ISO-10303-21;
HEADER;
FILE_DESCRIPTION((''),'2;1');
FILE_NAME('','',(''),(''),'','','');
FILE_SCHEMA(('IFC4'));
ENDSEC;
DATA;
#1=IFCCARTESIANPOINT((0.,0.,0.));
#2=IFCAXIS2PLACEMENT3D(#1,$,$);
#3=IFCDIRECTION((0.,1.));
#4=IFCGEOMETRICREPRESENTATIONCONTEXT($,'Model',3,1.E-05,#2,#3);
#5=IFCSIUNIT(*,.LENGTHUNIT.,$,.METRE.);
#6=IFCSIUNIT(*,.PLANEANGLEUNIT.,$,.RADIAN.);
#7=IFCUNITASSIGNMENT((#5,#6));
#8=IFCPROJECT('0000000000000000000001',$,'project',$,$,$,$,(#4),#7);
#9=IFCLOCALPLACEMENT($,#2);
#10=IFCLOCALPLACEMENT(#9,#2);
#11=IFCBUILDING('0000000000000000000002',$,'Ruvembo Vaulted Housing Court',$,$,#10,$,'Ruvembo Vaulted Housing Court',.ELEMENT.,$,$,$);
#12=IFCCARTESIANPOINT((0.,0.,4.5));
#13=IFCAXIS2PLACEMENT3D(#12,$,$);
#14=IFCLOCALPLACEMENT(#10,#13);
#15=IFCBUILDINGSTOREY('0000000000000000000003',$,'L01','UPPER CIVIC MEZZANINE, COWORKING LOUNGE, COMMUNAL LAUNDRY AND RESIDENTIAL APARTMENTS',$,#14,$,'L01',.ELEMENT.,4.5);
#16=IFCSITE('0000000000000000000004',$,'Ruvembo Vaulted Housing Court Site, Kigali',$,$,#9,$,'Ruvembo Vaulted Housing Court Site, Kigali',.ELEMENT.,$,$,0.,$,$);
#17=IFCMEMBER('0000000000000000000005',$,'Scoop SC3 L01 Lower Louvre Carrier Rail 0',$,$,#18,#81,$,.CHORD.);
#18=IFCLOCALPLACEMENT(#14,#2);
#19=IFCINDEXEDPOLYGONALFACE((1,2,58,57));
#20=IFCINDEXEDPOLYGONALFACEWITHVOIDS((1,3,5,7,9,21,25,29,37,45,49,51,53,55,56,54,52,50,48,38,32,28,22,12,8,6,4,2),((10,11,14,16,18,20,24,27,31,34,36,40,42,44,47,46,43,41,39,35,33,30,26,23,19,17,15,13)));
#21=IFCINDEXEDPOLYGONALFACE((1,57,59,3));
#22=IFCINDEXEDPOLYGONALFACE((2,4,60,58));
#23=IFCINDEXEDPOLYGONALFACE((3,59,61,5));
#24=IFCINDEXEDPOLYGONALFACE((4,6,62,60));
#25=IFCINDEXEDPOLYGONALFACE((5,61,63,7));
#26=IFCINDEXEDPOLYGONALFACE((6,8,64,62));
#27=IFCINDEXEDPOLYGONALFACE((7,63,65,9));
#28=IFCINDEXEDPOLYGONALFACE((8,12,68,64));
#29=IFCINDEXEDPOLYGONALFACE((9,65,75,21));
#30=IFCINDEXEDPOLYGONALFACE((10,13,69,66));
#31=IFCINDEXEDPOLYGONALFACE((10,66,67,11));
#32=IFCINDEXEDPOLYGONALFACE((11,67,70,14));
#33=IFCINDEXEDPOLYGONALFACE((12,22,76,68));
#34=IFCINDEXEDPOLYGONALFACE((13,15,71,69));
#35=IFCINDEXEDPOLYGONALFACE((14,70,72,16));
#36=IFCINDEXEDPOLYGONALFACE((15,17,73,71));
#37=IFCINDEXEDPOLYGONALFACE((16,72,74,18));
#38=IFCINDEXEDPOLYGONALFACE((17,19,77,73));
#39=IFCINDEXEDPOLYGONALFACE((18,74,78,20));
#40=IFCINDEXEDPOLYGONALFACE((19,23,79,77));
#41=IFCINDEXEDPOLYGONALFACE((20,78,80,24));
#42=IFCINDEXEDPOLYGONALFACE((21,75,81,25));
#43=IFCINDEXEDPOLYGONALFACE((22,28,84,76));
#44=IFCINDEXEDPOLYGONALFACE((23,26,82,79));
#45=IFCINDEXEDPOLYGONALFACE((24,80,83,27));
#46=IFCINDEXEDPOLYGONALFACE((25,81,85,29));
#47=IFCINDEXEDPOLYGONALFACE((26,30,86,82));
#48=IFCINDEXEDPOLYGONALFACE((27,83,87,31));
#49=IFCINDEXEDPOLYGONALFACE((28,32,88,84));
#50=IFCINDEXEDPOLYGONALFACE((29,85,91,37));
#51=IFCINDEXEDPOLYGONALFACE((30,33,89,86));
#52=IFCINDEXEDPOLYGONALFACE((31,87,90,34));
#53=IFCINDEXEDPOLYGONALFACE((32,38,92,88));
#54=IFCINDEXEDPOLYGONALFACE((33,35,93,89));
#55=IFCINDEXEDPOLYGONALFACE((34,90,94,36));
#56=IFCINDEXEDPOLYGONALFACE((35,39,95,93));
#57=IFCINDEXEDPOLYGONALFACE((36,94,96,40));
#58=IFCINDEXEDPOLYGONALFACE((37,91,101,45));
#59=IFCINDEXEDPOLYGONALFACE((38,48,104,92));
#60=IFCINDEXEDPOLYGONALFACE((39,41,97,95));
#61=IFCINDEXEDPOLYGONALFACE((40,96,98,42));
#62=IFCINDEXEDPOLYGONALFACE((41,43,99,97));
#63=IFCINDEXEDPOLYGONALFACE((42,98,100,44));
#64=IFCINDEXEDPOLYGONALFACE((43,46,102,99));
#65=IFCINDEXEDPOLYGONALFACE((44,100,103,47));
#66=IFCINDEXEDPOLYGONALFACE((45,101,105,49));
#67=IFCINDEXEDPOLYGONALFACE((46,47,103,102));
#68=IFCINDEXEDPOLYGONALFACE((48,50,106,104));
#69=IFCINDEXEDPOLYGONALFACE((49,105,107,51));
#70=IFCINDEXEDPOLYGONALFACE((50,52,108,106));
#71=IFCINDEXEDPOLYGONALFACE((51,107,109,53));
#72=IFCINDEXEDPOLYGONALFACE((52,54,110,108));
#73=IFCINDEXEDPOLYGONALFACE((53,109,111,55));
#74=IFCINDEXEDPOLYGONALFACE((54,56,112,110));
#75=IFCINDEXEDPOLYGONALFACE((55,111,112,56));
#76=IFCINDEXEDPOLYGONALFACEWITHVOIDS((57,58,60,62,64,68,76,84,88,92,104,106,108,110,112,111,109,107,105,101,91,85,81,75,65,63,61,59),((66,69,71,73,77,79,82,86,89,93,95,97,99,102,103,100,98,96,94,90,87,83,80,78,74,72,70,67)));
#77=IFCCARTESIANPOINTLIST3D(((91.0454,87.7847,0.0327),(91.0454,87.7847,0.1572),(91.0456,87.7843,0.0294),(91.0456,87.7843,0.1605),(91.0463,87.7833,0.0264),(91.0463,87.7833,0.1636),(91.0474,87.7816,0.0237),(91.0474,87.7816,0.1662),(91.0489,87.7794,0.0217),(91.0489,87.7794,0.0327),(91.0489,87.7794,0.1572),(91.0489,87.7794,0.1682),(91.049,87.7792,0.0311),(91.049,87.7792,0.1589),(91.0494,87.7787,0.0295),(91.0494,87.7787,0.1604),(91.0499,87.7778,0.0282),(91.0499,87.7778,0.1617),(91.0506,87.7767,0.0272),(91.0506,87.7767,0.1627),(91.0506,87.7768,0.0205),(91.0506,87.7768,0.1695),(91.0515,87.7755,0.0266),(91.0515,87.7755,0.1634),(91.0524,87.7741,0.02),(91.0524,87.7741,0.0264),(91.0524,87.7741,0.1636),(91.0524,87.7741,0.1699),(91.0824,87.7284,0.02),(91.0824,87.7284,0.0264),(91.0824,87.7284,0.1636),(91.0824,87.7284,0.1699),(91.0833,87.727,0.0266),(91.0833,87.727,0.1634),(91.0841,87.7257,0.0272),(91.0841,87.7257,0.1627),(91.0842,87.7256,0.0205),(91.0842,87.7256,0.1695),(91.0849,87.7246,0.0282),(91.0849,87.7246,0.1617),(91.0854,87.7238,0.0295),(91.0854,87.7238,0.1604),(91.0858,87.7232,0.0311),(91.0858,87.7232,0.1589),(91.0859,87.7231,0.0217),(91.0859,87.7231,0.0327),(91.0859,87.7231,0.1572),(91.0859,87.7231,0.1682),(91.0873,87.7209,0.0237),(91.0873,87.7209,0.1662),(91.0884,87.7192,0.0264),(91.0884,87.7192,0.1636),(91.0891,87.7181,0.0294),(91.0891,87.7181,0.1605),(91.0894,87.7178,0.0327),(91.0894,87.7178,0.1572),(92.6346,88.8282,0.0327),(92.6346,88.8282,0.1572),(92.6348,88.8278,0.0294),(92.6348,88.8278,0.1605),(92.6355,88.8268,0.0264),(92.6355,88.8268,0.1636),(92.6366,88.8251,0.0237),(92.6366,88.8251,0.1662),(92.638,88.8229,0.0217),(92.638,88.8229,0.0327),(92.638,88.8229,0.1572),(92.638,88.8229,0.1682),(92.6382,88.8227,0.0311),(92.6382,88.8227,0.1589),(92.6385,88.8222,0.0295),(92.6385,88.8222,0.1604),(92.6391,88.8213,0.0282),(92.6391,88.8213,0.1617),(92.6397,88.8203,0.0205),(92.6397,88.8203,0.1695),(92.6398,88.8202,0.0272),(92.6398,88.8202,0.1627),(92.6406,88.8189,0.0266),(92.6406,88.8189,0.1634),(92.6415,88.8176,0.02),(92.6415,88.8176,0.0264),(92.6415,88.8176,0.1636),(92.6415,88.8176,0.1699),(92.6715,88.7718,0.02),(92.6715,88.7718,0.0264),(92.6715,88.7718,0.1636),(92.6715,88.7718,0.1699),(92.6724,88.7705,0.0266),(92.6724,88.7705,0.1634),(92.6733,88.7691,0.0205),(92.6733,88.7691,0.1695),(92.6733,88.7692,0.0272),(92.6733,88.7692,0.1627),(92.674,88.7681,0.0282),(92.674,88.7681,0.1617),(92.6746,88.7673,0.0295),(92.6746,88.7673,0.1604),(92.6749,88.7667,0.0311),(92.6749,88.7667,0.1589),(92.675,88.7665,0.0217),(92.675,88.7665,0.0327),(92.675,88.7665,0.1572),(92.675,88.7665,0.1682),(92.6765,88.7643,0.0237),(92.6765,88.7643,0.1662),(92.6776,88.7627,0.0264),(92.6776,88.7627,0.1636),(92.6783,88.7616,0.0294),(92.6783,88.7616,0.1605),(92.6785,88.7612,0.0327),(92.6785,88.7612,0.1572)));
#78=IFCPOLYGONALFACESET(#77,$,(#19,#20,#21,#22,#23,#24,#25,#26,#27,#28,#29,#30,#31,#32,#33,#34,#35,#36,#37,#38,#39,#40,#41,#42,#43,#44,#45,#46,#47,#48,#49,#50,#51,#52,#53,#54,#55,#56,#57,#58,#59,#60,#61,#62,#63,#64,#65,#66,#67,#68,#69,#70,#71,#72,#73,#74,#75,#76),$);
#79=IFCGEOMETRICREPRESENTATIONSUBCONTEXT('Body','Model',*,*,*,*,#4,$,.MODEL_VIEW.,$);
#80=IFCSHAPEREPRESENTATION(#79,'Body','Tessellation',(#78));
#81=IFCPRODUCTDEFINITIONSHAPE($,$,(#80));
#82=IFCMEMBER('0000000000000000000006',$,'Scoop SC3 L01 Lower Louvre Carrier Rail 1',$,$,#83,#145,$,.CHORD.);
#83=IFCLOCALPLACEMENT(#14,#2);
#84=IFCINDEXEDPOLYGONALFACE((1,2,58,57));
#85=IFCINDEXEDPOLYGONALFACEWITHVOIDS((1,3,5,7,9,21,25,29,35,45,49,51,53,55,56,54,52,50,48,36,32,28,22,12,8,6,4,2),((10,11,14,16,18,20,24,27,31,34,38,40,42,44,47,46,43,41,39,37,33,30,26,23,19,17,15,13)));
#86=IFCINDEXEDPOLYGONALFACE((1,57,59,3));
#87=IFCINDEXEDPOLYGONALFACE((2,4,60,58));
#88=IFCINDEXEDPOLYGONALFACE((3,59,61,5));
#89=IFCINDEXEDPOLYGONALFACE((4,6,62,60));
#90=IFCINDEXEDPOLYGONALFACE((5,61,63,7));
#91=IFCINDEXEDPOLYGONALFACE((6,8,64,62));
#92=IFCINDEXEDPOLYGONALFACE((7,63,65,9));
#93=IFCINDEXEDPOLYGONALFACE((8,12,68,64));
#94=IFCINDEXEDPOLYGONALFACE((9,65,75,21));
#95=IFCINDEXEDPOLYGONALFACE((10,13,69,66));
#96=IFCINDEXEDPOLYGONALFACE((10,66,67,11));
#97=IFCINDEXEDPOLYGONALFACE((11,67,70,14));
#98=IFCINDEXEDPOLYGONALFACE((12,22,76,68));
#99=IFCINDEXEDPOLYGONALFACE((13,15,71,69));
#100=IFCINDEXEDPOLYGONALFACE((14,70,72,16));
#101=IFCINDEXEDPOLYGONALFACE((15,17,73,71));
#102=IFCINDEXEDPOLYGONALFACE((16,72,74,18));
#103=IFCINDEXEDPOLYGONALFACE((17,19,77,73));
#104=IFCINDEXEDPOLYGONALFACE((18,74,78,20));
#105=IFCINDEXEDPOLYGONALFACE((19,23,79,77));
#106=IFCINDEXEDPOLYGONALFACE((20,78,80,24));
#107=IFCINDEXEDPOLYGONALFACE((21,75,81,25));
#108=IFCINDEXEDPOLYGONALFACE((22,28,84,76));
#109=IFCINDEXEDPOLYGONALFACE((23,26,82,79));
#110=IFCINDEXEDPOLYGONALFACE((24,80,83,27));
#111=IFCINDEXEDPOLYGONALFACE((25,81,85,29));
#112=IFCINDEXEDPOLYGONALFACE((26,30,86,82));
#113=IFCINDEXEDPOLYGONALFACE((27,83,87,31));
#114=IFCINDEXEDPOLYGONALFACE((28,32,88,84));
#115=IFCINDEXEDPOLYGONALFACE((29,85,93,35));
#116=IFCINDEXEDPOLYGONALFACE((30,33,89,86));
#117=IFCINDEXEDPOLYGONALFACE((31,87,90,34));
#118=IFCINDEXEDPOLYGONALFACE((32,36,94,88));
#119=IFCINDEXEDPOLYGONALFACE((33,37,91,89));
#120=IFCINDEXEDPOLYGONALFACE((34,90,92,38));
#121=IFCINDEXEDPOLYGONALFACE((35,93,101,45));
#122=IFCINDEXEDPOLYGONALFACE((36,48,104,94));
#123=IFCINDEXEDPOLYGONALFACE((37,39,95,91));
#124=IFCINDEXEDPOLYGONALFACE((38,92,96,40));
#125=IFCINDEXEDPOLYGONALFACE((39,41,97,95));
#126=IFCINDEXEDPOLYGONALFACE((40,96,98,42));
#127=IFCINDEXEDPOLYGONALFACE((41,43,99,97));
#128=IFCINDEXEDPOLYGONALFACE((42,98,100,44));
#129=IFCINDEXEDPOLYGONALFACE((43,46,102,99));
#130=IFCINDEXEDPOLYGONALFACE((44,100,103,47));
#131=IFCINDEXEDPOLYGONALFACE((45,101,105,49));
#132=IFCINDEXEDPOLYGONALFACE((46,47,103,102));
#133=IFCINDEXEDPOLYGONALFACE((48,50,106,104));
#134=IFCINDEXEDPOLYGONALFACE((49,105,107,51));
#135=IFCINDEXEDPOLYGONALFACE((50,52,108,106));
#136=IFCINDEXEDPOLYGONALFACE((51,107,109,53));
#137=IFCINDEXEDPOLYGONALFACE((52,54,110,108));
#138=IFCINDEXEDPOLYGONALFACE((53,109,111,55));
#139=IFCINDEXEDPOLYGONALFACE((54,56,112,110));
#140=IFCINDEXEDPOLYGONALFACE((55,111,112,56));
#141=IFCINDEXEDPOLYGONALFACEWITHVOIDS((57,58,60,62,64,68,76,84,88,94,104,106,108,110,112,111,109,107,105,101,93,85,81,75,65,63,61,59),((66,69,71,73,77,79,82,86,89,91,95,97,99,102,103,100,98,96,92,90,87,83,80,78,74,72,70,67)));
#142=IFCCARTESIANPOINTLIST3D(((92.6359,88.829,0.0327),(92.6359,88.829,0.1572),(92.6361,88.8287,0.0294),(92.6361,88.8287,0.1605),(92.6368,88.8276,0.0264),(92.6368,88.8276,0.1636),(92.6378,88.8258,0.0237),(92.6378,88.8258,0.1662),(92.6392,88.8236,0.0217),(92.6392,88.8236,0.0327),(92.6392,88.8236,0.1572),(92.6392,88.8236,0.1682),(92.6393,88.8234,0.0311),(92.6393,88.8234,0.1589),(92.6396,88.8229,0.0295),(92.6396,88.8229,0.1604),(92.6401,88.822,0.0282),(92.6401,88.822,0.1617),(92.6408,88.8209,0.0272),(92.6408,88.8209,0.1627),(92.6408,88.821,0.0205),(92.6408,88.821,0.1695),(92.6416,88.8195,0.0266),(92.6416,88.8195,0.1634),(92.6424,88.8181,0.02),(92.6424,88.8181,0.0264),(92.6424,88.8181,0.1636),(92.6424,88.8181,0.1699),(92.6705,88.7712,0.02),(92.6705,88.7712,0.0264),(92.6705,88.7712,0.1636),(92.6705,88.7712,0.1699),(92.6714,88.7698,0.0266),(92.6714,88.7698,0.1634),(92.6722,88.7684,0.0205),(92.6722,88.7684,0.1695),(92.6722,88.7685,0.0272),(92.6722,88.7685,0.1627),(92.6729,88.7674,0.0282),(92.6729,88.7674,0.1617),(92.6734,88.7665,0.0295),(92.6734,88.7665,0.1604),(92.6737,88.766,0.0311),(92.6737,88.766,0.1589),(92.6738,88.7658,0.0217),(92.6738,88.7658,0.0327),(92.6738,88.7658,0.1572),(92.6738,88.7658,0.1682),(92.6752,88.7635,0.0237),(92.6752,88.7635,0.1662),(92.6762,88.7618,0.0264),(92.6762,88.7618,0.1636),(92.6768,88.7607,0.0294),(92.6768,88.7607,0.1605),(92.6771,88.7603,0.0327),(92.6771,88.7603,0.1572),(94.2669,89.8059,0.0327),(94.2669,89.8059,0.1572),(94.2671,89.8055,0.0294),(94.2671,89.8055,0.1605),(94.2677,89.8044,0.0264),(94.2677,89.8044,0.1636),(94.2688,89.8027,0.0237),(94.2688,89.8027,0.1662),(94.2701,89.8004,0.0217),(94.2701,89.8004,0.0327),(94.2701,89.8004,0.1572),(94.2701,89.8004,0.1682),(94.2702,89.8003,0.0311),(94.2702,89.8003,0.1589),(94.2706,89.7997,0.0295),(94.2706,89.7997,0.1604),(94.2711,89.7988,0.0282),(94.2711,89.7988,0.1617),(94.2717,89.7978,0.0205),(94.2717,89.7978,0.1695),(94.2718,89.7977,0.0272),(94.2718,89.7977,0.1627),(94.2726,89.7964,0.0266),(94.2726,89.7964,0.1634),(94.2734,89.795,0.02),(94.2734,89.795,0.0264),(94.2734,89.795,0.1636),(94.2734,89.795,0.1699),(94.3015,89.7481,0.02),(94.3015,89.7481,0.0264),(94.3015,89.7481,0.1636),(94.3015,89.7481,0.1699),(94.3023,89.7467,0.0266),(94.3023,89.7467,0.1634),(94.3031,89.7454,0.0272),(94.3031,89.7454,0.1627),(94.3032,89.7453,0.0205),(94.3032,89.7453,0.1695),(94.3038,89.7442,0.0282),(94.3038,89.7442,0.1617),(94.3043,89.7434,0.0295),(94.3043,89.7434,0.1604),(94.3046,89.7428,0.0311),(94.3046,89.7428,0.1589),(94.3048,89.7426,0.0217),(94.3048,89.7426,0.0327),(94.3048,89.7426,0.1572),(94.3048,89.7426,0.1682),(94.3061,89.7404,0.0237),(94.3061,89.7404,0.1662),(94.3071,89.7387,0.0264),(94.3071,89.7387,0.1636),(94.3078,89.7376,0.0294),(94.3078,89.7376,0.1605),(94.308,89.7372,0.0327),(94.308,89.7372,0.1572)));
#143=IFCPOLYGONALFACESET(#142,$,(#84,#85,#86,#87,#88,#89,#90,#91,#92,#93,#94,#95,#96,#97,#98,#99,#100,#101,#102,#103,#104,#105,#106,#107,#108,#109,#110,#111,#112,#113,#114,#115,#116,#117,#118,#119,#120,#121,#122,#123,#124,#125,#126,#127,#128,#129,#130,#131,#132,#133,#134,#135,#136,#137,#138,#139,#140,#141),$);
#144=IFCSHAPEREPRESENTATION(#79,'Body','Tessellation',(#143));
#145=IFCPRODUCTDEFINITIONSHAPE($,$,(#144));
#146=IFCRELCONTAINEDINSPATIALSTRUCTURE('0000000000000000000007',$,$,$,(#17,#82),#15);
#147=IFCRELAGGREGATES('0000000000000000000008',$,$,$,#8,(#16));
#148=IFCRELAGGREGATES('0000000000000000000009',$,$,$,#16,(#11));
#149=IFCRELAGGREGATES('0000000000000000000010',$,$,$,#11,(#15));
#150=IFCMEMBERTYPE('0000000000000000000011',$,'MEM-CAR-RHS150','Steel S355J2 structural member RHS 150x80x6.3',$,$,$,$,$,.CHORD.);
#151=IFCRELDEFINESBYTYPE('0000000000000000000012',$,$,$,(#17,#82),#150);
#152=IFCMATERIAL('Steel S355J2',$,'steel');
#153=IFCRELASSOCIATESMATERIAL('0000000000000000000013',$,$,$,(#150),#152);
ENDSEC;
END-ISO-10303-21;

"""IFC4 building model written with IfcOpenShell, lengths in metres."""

from ifc_helpers import new_model, si_unit, direction, frame, origin, origin_2d, place, context, subcontext, project, spatial, hollow_rectangle, extrude, material, material_profile, profile_set, type_object, element, save


model = new_model("IFC4")

# Units and contexts
model_context = context("Model", 3, precision=1e-05, world=origin(), true_north=direction((0.0, 1.0)))
body_context = subcontext(model_context, "Body", "Model", "MODEL_VIEW")
ifc_project = project(units=[si_unit("LENGTHUNIT", "METRE"), si_unit("PLANEANGLEUNIT", "RADIAN")], contexts=[model_context])

# Site, building, storey
site_placement = place(None, origin())
site = spatial("IfcSite", under=ifc_project, at=site_placement, Name="Ruvembo Vaulted Housing Court Site, Kigali", LongName="Ruvembo Vaulted Housing Court Site, Kigali", CompositionType="ELEMENT", RefElevation=0.0)
building_placement = place(site_placement, origin())
building = spatial("IfcBuilding", under=site, at=building_placement, Name="Ruvembo Vaulted Housing Court", LongName="Ruvembo Vaulted Housing Court", CompositionType="ELEMENT")
storey_placement = place(building_placement, frame((0.0, 0.0, 4.5)))
storey = spatial("IfcBuildingStorey", under=building, at=storey_placement, Name="L01", Description="UPPER CIVIC MEZZANINE, COWORKING LOUNGE, COMMUNAL LAUNDRY AND RESIDENTIAL APARTMENTS", LongName="L01", CompositionType="ELEMENT", Elevation=4.5)

# Shared definitions
ifc_material_1 = material(Name="Steel S355J2", Category="steel")

# Members
ifc_material_profile_1 = material_profile(ifc_material_1, hollow_rectangle(XDim=0.0801, YDim=0.1499, WallThickness=0.0063, InnerFilletRadius=0.0063, OuterFilletRadius=0.0127, at=origin_2d()), Name="RHS 150x80x6.3")
ifc_profile_set_1 = profile_set([ifc_material_profile_1], Name="Steel S355J2")
member_type_1 = type_object("IfcMemberType", Name="MEM-CAR-RHS150", Description="Steel S355J2 structural member RHS 150x80x6.3", PredefinedType="CHORD", material=ifc_profile_set_1)
for number, where, z_axis, x_axis, name in (
    (1, (91.0674, 87.7512, 0.095), (0.835902, 0.548878, 0.0), (-0.548878, 0.835902, 0.0), "Scoop SC3 L01 Lower Louvre Carrier Rail 0"),
    (2, (92.6565, 88.7947, 0.095), (0.857889, 0.513835, 0.0), (-0.513835, 0.857889, 0.0), "Scoop SC3 L01 Lower Louvre Carrier Rail 1"),
):
    element("IfcMember", number, at=place(storey_placement, frame(where, z_axis=z_axis, x_axis=x_axis)), inside=storey, type_object=member_type_1, Name=name, PredefinedType="CHORD", context=body_context, shape_type="SweptSolid", body=[
        extrude(hollow_rectangle(XDim=0.0801, YDim=0.1499, WallThickness=0.0063, InnerFilletRadius=0.0063, OuterFilletRadius=0.0127, at=origin_2d()), origin(), (0.0, 0.0, 1.0), 1.9011),
    ])

save(model, "model.ifc")
